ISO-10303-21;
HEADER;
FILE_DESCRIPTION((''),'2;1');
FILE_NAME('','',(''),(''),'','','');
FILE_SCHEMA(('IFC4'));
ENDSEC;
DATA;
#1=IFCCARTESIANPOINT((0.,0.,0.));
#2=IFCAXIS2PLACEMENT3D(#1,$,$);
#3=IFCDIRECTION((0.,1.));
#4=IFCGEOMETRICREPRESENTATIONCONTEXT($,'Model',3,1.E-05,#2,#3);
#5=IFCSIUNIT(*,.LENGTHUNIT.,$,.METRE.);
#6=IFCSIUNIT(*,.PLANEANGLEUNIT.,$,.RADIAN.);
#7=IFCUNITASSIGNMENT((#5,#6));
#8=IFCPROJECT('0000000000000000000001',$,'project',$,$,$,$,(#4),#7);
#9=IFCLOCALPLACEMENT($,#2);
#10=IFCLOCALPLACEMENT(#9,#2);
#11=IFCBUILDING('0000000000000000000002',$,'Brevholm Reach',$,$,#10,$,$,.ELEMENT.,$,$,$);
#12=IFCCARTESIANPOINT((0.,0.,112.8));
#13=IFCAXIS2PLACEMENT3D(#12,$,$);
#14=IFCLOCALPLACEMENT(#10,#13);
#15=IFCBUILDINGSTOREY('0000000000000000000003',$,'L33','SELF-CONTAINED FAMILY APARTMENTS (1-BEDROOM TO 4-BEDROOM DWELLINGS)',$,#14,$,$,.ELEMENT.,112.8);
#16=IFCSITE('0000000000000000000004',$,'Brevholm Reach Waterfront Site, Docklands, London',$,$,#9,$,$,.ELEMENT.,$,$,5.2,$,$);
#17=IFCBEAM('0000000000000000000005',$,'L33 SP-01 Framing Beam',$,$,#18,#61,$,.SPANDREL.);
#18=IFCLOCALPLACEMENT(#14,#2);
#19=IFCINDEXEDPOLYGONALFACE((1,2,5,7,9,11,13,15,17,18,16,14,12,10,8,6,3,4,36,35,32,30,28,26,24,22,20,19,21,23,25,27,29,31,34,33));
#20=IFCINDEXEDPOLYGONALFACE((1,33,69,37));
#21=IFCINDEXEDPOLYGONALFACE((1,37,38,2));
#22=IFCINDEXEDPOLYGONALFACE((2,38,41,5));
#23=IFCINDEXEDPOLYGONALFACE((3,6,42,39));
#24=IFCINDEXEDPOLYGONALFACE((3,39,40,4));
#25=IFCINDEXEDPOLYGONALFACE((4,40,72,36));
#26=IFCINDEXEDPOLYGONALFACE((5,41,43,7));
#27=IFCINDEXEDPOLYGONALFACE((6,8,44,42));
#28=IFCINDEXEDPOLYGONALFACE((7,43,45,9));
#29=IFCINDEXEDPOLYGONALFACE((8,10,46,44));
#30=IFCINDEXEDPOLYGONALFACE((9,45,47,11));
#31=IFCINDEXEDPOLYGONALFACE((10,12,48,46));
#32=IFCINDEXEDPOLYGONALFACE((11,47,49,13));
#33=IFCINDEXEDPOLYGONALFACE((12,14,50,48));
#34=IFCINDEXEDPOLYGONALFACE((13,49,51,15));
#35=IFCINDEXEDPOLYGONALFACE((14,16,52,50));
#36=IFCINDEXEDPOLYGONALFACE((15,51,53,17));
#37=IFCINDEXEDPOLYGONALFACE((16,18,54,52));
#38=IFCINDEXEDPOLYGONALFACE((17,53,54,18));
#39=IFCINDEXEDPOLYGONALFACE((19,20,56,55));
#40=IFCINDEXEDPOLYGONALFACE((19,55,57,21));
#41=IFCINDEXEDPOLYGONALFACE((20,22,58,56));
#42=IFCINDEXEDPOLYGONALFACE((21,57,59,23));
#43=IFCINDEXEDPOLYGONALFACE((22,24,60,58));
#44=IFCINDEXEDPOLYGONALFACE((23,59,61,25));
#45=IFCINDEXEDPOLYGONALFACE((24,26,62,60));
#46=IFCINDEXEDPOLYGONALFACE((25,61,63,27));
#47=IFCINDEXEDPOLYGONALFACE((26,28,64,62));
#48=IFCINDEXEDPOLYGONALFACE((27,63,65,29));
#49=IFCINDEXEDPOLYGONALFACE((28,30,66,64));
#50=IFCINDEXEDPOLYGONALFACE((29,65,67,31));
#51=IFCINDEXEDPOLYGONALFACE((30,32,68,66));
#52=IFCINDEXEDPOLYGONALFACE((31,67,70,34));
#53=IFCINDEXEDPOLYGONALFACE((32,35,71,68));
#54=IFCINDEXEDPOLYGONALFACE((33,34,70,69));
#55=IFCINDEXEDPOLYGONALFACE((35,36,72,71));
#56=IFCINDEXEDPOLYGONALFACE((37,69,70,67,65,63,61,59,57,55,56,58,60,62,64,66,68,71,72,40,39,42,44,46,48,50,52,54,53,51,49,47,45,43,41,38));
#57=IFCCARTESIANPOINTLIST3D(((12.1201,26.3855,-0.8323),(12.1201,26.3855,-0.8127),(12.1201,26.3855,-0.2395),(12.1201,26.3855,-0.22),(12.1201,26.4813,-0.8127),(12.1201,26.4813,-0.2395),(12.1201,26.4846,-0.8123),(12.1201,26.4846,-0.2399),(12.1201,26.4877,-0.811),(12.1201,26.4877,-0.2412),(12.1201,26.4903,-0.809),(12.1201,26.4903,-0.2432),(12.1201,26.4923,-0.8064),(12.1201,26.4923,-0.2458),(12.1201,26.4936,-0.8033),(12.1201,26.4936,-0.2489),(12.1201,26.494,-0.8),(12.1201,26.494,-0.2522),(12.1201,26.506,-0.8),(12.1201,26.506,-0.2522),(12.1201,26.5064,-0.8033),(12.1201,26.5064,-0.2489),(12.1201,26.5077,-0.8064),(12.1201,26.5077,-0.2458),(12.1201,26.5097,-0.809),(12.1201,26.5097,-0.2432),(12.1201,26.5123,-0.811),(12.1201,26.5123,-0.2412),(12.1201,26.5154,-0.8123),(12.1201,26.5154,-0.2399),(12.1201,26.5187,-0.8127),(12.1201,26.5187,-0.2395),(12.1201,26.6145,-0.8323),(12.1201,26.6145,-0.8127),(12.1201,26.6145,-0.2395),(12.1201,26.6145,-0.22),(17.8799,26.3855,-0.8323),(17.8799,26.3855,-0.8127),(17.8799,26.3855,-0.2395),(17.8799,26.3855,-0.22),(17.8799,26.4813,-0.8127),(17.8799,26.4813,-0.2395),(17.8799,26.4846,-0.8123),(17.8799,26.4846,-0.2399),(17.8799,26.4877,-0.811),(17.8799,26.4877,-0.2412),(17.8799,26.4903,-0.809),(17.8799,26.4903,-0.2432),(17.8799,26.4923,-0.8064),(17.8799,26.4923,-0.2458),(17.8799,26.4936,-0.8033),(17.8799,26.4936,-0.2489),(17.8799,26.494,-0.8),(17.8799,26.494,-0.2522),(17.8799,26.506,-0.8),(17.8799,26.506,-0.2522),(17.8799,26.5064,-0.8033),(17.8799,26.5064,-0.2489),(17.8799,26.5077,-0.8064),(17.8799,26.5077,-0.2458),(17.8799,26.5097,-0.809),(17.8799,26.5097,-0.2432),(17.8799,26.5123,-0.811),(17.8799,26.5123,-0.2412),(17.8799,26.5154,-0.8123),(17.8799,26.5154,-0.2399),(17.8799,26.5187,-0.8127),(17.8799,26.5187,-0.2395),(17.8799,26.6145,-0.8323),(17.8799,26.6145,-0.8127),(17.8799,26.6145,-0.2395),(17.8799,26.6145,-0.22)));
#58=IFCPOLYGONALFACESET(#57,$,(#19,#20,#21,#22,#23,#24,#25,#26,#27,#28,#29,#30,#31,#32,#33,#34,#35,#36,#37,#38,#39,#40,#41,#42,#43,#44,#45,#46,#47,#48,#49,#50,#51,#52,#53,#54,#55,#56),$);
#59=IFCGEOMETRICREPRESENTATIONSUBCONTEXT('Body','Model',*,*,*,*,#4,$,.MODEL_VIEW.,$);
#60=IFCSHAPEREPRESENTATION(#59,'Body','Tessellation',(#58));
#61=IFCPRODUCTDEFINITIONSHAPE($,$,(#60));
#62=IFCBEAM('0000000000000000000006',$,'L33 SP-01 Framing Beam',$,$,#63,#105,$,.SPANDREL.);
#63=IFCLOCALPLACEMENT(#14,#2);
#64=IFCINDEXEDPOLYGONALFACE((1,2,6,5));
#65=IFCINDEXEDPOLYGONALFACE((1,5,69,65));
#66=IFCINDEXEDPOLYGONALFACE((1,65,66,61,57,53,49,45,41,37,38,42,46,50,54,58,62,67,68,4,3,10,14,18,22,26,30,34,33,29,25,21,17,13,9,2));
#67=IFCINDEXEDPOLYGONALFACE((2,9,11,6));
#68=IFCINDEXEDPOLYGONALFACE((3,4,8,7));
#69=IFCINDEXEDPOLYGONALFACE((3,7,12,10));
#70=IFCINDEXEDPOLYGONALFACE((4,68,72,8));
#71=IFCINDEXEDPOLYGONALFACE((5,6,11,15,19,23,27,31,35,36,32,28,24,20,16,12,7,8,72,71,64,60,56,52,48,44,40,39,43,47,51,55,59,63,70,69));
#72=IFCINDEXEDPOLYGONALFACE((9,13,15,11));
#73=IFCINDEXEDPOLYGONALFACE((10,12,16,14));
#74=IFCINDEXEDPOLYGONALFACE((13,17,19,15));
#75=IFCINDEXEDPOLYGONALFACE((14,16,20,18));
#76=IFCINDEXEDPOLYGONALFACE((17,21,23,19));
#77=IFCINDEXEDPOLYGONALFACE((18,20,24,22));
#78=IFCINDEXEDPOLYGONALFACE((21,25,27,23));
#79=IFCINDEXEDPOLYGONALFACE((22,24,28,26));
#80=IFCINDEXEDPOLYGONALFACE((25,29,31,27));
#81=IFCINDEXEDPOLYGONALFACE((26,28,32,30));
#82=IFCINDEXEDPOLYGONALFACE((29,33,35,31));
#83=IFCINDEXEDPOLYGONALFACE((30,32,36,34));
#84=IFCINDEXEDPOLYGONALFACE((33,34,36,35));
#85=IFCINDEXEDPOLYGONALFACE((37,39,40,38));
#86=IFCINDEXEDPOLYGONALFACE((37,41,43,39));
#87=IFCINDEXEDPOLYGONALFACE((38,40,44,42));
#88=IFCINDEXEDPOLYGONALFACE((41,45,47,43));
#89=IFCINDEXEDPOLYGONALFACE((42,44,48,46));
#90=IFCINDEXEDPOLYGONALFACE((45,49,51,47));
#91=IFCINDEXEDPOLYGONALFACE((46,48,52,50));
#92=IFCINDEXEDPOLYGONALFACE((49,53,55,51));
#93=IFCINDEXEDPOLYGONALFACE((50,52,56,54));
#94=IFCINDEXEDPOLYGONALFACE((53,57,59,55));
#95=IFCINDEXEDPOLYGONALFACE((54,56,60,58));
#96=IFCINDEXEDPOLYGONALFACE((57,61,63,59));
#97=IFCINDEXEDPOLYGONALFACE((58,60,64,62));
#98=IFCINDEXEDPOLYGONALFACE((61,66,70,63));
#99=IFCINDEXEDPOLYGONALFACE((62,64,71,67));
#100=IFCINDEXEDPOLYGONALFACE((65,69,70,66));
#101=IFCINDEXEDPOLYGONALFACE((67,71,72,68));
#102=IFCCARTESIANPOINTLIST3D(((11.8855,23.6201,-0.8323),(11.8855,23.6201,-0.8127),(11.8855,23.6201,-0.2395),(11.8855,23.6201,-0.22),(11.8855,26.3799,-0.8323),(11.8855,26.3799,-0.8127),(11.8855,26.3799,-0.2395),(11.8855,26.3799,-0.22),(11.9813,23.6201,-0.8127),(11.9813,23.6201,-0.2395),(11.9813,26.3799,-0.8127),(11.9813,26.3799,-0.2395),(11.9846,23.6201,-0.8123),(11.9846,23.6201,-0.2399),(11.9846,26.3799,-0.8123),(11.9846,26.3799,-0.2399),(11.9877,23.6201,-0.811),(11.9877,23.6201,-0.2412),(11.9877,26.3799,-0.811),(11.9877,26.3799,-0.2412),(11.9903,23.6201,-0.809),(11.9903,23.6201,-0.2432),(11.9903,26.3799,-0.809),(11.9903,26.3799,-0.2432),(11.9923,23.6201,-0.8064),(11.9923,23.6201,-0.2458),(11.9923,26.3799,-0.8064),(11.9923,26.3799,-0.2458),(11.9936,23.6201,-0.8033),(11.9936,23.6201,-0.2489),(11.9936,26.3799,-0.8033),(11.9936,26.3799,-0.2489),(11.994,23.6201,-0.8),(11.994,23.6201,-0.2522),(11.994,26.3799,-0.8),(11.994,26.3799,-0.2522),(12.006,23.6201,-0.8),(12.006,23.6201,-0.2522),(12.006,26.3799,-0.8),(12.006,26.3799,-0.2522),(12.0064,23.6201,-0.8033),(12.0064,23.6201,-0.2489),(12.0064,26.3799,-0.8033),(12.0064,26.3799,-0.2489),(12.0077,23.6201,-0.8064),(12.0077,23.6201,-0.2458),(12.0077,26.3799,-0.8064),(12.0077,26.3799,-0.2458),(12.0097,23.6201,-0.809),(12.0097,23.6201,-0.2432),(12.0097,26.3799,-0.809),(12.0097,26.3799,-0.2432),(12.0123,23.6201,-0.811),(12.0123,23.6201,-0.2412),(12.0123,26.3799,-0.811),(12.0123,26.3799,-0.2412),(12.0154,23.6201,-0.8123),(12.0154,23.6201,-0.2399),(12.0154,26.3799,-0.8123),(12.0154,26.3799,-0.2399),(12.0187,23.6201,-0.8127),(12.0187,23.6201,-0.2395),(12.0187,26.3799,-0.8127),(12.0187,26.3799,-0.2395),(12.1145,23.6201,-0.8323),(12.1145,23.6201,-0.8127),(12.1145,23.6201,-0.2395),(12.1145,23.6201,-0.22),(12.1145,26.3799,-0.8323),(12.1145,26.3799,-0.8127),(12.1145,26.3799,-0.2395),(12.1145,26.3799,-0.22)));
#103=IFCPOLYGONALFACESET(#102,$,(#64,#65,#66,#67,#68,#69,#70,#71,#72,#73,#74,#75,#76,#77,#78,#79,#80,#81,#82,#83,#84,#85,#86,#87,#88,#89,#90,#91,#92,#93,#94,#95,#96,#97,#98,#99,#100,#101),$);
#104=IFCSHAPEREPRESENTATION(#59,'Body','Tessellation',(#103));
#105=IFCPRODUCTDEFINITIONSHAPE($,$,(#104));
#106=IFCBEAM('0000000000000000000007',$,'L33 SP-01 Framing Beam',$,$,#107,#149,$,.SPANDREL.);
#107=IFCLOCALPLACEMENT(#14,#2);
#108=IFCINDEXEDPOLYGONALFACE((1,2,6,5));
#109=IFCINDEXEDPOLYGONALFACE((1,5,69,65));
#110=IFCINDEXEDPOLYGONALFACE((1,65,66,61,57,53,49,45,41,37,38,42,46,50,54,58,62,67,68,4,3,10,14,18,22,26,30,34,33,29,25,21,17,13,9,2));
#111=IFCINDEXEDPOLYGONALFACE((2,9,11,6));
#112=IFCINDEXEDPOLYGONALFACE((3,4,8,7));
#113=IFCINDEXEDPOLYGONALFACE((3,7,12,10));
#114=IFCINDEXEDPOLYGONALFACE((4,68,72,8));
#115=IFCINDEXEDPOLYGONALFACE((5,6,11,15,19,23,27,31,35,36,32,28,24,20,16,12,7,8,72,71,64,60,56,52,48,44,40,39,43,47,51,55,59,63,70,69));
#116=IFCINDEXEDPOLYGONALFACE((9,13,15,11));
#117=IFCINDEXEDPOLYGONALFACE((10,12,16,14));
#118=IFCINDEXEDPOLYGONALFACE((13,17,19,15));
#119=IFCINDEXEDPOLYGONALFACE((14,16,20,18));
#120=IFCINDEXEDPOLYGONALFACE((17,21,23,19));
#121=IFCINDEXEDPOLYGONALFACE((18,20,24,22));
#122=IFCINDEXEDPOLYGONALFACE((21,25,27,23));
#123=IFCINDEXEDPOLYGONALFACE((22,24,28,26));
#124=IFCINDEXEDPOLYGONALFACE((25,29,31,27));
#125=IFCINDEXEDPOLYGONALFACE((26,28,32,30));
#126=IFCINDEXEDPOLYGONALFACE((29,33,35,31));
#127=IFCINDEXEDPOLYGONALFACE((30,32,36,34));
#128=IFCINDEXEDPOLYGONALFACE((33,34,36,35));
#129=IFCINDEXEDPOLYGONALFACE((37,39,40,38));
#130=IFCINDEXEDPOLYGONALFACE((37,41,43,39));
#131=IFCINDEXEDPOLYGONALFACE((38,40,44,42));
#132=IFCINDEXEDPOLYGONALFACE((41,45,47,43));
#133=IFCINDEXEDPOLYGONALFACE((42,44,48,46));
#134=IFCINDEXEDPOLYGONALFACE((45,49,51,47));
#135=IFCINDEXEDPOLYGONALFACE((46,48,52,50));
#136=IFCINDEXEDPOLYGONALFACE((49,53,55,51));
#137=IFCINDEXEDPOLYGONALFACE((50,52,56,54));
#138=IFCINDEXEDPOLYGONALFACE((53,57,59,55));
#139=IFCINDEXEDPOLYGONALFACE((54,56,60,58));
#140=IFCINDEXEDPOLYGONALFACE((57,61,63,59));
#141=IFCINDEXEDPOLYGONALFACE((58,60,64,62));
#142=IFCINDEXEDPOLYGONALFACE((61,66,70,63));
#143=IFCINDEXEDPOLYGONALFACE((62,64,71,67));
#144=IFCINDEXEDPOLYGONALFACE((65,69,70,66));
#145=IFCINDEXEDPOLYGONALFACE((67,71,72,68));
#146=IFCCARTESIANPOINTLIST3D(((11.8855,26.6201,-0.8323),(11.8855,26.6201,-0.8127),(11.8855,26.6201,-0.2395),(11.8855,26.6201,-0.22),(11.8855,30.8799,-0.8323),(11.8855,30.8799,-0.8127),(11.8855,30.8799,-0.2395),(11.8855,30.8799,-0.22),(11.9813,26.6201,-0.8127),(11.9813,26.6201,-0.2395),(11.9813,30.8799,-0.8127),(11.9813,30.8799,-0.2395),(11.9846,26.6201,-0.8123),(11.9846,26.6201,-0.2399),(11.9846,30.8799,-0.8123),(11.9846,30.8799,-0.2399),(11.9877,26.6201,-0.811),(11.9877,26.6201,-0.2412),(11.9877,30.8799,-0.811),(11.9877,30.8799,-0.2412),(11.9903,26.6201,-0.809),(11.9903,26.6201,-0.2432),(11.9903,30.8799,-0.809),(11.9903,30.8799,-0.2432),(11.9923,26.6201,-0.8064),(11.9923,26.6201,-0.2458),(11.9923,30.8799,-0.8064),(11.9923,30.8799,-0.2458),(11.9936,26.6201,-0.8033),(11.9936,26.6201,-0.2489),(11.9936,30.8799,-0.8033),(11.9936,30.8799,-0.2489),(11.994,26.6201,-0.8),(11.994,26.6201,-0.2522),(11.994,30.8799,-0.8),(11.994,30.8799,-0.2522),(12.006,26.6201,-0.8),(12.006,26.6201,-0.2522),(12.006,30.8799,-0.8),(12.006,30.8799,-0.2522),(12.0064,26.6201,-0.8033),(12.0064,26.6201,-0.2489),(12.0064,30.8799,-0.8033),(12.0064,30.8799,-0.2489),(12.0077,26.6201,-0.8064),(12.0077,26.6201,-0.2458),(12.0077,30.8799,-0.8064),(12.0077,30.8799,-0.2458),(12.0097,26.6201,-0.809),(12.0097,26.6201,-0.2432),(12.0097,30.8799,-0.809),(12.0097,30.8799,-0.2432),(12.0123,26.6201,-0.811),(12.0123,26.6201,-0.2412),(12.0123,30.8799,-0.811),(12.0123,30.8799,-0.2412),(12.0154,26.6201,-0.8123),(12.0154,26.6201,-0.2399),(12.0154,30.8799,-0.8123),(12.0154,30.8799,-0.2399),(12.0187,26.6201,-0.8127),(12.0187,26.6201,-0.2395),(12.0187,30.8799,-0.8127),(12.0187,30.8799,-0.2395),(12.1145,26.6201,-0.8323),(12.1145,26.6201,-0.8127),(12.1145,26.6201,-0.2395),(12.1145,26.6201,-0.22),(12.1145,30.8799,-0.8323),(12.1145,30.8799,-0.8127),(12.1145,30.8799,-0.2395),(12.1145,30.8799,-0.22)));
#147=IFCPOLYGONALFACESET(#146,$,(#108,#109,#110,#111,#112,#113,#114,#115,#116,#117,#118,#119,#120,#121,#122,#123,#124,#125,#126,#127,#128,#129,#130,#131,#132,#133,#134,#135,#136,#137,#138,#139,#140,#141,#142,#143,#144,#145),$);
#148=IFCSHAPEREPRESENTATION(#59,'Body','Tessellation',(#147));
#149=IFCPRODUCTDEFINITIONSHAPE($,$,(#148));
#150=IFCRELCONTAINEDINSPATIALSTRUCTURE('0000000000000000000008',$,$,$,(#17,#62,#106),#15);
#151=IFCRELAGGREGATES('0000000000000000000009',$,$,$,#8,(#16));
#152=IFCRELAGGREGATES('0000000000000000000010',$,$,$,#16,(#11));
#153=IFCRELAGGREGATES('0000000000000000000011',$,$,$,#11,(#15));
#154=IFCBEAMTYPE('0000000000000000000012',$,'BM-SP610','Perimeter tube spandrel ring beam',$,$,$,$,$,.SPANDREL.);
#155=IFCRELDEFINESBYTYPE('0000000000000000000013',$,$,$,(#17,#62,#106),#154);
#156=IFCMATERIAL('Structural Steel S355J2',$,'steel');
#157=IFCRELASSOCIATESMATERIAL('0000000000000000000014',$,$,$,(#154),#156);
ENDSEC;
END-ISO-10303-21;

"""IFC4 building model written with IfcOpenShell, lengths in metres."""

from ifc_helpers import new_model, si_unit, direction, frame, origin, origin_2d, place, context, subcontext, project, spatial, i_section, extrude, material, material_profile, profile_set, type_object, element, save


model = new_model("IFC4")

# Units and contexts
model_context = context("Model", 3, precision=1e-05, world=origin(), true_north=direction((0.0, 1.0)))
body_context = subcontext(model_context, "Body", "Model", "MODEL_VIEW")
ifc_project = project(units=[si_unit("LENGTHUNIT", "METRE"), si_unit("PLANEANGLEUNIT", "RADIAN")], contexts=[model_context])

# Site, building, storey
site_placement = place(None, origin())
site = spatial("IfcSite", under=ifc_project, at=site_placement, Name="Brevholm Reach Waterfront Site, Docklands, London", CompositionType="ELEMENT", RefElevation=5.2)
building_placement = place(site_placement, origin())
building = spatial("IfcBuilding", under=site, at=building_placement, Name="Brevholm Reach", CompositionType="ELEMENT")
storey_placement = place(building_placement, frame((0.0, 0.0, 112.8)))
storey = spatial("IfcBuildingStorey", under=building, at=storey_placement, Name="L33", Description="SELF-CONTAINED FAMILY APARTMENTS (1-BEDROOM TO 4-BEDROOM DWELLINGS)", CompositionType="ELEMENT", Elevation=112.8)

# Beams
ifc_material_1 = material(Name="Structural Steel S355J2", Category="steel")
ifc_material_profile_1 = material_profile(ifc_material_1, i_section(OverallWidth=0.229, OverallDepth=0.6123, WebThickness=0.012, FlangeThickness=0.0195, FilletRadius=0.0127, at=origin_2d()), Name="UKB 610x229x125")
ifc_profile_set_1 = profile_set([ifc_material_profile_1], Name="Structural Steel S355J2")
beam_type_1 = type_object("IfcBeamType", Name="BM-SP610", Description="Perimeter tube spandrel ring beam", PredefinedType="SPANDREL", material=ifc_profile_set_1)
beam_1_placement = place(storey_placement, frame((12.1201, 26.5, -0.5261), z_axis=(1.0, 0.0, 0.0), x_axis=(0.0, 1.0, 0.0)))
element("IfcBeam", 1, at=beam_1_placement, inside=storey, type_object=beam_type_1, Name="L33 SP-01 Framing Beam", PredefinedType="SPANDREL", context=body_context, shape_type="SweptSolid", body=[
    extrude(i_section(OverallWidth=0.229, OverallDepth=0.6123, WebThickness=0.012, FlangeThickness=0.0195, FilletRadius=0.0127, at=origin_2d()), origin(), (0.0, 0.0, 1.0), 5.7598),
])
beam_2_placement = place(storey_placement, frame((12.0, 23.6201, -0.5261), z_axis=(0.0, 1.0, 0.0), x_axis=(-1.0, 0.0, 0.0)))
element("IfcBeam", 2, at=beam_2_placement, inside=storey, type_object=beam_type_1, Name="L33 SP-01 Framing Beam", PredefinedType="SPANDREL", context=body_context, shape_type="SweptSolid", body=[
    extrude(i_section(OverallWidth=0.229, OverallDepth=0.6123, WebThickness=0.012, FlangeThickness=0.0195, FilletRadius=0.0127, at=origin_2d()), origin(), (0.0, 0.0, 1.0), 2.7598),
])
beam_3_placement = place(storey_placement, frame((12.0, 26.6201, -0.5261), z_axis=(0.0, 1.0, 0.0), x_axis=(-1.0, 0.0, 0.0)))
element("IfcBeam", 3, at=beam_3_placement, inside=storey, type_object=beam_type_1, Name="L33 SP-01 Framing Beam", PredefinedType="SPANDREL", context=body_context, shape_type="SweptSolid", body=[
    extrude(i_section(OverallWidth=0.229, OverallDepth=0.6123, WebThickness=0.012, FlangeThickness=0.0195, FilletRadius=0.0127, at=origin_2d()), origin(), (0.0, 0.0, 1.0), 4.2598),
])

save(model, "model.ifc")
